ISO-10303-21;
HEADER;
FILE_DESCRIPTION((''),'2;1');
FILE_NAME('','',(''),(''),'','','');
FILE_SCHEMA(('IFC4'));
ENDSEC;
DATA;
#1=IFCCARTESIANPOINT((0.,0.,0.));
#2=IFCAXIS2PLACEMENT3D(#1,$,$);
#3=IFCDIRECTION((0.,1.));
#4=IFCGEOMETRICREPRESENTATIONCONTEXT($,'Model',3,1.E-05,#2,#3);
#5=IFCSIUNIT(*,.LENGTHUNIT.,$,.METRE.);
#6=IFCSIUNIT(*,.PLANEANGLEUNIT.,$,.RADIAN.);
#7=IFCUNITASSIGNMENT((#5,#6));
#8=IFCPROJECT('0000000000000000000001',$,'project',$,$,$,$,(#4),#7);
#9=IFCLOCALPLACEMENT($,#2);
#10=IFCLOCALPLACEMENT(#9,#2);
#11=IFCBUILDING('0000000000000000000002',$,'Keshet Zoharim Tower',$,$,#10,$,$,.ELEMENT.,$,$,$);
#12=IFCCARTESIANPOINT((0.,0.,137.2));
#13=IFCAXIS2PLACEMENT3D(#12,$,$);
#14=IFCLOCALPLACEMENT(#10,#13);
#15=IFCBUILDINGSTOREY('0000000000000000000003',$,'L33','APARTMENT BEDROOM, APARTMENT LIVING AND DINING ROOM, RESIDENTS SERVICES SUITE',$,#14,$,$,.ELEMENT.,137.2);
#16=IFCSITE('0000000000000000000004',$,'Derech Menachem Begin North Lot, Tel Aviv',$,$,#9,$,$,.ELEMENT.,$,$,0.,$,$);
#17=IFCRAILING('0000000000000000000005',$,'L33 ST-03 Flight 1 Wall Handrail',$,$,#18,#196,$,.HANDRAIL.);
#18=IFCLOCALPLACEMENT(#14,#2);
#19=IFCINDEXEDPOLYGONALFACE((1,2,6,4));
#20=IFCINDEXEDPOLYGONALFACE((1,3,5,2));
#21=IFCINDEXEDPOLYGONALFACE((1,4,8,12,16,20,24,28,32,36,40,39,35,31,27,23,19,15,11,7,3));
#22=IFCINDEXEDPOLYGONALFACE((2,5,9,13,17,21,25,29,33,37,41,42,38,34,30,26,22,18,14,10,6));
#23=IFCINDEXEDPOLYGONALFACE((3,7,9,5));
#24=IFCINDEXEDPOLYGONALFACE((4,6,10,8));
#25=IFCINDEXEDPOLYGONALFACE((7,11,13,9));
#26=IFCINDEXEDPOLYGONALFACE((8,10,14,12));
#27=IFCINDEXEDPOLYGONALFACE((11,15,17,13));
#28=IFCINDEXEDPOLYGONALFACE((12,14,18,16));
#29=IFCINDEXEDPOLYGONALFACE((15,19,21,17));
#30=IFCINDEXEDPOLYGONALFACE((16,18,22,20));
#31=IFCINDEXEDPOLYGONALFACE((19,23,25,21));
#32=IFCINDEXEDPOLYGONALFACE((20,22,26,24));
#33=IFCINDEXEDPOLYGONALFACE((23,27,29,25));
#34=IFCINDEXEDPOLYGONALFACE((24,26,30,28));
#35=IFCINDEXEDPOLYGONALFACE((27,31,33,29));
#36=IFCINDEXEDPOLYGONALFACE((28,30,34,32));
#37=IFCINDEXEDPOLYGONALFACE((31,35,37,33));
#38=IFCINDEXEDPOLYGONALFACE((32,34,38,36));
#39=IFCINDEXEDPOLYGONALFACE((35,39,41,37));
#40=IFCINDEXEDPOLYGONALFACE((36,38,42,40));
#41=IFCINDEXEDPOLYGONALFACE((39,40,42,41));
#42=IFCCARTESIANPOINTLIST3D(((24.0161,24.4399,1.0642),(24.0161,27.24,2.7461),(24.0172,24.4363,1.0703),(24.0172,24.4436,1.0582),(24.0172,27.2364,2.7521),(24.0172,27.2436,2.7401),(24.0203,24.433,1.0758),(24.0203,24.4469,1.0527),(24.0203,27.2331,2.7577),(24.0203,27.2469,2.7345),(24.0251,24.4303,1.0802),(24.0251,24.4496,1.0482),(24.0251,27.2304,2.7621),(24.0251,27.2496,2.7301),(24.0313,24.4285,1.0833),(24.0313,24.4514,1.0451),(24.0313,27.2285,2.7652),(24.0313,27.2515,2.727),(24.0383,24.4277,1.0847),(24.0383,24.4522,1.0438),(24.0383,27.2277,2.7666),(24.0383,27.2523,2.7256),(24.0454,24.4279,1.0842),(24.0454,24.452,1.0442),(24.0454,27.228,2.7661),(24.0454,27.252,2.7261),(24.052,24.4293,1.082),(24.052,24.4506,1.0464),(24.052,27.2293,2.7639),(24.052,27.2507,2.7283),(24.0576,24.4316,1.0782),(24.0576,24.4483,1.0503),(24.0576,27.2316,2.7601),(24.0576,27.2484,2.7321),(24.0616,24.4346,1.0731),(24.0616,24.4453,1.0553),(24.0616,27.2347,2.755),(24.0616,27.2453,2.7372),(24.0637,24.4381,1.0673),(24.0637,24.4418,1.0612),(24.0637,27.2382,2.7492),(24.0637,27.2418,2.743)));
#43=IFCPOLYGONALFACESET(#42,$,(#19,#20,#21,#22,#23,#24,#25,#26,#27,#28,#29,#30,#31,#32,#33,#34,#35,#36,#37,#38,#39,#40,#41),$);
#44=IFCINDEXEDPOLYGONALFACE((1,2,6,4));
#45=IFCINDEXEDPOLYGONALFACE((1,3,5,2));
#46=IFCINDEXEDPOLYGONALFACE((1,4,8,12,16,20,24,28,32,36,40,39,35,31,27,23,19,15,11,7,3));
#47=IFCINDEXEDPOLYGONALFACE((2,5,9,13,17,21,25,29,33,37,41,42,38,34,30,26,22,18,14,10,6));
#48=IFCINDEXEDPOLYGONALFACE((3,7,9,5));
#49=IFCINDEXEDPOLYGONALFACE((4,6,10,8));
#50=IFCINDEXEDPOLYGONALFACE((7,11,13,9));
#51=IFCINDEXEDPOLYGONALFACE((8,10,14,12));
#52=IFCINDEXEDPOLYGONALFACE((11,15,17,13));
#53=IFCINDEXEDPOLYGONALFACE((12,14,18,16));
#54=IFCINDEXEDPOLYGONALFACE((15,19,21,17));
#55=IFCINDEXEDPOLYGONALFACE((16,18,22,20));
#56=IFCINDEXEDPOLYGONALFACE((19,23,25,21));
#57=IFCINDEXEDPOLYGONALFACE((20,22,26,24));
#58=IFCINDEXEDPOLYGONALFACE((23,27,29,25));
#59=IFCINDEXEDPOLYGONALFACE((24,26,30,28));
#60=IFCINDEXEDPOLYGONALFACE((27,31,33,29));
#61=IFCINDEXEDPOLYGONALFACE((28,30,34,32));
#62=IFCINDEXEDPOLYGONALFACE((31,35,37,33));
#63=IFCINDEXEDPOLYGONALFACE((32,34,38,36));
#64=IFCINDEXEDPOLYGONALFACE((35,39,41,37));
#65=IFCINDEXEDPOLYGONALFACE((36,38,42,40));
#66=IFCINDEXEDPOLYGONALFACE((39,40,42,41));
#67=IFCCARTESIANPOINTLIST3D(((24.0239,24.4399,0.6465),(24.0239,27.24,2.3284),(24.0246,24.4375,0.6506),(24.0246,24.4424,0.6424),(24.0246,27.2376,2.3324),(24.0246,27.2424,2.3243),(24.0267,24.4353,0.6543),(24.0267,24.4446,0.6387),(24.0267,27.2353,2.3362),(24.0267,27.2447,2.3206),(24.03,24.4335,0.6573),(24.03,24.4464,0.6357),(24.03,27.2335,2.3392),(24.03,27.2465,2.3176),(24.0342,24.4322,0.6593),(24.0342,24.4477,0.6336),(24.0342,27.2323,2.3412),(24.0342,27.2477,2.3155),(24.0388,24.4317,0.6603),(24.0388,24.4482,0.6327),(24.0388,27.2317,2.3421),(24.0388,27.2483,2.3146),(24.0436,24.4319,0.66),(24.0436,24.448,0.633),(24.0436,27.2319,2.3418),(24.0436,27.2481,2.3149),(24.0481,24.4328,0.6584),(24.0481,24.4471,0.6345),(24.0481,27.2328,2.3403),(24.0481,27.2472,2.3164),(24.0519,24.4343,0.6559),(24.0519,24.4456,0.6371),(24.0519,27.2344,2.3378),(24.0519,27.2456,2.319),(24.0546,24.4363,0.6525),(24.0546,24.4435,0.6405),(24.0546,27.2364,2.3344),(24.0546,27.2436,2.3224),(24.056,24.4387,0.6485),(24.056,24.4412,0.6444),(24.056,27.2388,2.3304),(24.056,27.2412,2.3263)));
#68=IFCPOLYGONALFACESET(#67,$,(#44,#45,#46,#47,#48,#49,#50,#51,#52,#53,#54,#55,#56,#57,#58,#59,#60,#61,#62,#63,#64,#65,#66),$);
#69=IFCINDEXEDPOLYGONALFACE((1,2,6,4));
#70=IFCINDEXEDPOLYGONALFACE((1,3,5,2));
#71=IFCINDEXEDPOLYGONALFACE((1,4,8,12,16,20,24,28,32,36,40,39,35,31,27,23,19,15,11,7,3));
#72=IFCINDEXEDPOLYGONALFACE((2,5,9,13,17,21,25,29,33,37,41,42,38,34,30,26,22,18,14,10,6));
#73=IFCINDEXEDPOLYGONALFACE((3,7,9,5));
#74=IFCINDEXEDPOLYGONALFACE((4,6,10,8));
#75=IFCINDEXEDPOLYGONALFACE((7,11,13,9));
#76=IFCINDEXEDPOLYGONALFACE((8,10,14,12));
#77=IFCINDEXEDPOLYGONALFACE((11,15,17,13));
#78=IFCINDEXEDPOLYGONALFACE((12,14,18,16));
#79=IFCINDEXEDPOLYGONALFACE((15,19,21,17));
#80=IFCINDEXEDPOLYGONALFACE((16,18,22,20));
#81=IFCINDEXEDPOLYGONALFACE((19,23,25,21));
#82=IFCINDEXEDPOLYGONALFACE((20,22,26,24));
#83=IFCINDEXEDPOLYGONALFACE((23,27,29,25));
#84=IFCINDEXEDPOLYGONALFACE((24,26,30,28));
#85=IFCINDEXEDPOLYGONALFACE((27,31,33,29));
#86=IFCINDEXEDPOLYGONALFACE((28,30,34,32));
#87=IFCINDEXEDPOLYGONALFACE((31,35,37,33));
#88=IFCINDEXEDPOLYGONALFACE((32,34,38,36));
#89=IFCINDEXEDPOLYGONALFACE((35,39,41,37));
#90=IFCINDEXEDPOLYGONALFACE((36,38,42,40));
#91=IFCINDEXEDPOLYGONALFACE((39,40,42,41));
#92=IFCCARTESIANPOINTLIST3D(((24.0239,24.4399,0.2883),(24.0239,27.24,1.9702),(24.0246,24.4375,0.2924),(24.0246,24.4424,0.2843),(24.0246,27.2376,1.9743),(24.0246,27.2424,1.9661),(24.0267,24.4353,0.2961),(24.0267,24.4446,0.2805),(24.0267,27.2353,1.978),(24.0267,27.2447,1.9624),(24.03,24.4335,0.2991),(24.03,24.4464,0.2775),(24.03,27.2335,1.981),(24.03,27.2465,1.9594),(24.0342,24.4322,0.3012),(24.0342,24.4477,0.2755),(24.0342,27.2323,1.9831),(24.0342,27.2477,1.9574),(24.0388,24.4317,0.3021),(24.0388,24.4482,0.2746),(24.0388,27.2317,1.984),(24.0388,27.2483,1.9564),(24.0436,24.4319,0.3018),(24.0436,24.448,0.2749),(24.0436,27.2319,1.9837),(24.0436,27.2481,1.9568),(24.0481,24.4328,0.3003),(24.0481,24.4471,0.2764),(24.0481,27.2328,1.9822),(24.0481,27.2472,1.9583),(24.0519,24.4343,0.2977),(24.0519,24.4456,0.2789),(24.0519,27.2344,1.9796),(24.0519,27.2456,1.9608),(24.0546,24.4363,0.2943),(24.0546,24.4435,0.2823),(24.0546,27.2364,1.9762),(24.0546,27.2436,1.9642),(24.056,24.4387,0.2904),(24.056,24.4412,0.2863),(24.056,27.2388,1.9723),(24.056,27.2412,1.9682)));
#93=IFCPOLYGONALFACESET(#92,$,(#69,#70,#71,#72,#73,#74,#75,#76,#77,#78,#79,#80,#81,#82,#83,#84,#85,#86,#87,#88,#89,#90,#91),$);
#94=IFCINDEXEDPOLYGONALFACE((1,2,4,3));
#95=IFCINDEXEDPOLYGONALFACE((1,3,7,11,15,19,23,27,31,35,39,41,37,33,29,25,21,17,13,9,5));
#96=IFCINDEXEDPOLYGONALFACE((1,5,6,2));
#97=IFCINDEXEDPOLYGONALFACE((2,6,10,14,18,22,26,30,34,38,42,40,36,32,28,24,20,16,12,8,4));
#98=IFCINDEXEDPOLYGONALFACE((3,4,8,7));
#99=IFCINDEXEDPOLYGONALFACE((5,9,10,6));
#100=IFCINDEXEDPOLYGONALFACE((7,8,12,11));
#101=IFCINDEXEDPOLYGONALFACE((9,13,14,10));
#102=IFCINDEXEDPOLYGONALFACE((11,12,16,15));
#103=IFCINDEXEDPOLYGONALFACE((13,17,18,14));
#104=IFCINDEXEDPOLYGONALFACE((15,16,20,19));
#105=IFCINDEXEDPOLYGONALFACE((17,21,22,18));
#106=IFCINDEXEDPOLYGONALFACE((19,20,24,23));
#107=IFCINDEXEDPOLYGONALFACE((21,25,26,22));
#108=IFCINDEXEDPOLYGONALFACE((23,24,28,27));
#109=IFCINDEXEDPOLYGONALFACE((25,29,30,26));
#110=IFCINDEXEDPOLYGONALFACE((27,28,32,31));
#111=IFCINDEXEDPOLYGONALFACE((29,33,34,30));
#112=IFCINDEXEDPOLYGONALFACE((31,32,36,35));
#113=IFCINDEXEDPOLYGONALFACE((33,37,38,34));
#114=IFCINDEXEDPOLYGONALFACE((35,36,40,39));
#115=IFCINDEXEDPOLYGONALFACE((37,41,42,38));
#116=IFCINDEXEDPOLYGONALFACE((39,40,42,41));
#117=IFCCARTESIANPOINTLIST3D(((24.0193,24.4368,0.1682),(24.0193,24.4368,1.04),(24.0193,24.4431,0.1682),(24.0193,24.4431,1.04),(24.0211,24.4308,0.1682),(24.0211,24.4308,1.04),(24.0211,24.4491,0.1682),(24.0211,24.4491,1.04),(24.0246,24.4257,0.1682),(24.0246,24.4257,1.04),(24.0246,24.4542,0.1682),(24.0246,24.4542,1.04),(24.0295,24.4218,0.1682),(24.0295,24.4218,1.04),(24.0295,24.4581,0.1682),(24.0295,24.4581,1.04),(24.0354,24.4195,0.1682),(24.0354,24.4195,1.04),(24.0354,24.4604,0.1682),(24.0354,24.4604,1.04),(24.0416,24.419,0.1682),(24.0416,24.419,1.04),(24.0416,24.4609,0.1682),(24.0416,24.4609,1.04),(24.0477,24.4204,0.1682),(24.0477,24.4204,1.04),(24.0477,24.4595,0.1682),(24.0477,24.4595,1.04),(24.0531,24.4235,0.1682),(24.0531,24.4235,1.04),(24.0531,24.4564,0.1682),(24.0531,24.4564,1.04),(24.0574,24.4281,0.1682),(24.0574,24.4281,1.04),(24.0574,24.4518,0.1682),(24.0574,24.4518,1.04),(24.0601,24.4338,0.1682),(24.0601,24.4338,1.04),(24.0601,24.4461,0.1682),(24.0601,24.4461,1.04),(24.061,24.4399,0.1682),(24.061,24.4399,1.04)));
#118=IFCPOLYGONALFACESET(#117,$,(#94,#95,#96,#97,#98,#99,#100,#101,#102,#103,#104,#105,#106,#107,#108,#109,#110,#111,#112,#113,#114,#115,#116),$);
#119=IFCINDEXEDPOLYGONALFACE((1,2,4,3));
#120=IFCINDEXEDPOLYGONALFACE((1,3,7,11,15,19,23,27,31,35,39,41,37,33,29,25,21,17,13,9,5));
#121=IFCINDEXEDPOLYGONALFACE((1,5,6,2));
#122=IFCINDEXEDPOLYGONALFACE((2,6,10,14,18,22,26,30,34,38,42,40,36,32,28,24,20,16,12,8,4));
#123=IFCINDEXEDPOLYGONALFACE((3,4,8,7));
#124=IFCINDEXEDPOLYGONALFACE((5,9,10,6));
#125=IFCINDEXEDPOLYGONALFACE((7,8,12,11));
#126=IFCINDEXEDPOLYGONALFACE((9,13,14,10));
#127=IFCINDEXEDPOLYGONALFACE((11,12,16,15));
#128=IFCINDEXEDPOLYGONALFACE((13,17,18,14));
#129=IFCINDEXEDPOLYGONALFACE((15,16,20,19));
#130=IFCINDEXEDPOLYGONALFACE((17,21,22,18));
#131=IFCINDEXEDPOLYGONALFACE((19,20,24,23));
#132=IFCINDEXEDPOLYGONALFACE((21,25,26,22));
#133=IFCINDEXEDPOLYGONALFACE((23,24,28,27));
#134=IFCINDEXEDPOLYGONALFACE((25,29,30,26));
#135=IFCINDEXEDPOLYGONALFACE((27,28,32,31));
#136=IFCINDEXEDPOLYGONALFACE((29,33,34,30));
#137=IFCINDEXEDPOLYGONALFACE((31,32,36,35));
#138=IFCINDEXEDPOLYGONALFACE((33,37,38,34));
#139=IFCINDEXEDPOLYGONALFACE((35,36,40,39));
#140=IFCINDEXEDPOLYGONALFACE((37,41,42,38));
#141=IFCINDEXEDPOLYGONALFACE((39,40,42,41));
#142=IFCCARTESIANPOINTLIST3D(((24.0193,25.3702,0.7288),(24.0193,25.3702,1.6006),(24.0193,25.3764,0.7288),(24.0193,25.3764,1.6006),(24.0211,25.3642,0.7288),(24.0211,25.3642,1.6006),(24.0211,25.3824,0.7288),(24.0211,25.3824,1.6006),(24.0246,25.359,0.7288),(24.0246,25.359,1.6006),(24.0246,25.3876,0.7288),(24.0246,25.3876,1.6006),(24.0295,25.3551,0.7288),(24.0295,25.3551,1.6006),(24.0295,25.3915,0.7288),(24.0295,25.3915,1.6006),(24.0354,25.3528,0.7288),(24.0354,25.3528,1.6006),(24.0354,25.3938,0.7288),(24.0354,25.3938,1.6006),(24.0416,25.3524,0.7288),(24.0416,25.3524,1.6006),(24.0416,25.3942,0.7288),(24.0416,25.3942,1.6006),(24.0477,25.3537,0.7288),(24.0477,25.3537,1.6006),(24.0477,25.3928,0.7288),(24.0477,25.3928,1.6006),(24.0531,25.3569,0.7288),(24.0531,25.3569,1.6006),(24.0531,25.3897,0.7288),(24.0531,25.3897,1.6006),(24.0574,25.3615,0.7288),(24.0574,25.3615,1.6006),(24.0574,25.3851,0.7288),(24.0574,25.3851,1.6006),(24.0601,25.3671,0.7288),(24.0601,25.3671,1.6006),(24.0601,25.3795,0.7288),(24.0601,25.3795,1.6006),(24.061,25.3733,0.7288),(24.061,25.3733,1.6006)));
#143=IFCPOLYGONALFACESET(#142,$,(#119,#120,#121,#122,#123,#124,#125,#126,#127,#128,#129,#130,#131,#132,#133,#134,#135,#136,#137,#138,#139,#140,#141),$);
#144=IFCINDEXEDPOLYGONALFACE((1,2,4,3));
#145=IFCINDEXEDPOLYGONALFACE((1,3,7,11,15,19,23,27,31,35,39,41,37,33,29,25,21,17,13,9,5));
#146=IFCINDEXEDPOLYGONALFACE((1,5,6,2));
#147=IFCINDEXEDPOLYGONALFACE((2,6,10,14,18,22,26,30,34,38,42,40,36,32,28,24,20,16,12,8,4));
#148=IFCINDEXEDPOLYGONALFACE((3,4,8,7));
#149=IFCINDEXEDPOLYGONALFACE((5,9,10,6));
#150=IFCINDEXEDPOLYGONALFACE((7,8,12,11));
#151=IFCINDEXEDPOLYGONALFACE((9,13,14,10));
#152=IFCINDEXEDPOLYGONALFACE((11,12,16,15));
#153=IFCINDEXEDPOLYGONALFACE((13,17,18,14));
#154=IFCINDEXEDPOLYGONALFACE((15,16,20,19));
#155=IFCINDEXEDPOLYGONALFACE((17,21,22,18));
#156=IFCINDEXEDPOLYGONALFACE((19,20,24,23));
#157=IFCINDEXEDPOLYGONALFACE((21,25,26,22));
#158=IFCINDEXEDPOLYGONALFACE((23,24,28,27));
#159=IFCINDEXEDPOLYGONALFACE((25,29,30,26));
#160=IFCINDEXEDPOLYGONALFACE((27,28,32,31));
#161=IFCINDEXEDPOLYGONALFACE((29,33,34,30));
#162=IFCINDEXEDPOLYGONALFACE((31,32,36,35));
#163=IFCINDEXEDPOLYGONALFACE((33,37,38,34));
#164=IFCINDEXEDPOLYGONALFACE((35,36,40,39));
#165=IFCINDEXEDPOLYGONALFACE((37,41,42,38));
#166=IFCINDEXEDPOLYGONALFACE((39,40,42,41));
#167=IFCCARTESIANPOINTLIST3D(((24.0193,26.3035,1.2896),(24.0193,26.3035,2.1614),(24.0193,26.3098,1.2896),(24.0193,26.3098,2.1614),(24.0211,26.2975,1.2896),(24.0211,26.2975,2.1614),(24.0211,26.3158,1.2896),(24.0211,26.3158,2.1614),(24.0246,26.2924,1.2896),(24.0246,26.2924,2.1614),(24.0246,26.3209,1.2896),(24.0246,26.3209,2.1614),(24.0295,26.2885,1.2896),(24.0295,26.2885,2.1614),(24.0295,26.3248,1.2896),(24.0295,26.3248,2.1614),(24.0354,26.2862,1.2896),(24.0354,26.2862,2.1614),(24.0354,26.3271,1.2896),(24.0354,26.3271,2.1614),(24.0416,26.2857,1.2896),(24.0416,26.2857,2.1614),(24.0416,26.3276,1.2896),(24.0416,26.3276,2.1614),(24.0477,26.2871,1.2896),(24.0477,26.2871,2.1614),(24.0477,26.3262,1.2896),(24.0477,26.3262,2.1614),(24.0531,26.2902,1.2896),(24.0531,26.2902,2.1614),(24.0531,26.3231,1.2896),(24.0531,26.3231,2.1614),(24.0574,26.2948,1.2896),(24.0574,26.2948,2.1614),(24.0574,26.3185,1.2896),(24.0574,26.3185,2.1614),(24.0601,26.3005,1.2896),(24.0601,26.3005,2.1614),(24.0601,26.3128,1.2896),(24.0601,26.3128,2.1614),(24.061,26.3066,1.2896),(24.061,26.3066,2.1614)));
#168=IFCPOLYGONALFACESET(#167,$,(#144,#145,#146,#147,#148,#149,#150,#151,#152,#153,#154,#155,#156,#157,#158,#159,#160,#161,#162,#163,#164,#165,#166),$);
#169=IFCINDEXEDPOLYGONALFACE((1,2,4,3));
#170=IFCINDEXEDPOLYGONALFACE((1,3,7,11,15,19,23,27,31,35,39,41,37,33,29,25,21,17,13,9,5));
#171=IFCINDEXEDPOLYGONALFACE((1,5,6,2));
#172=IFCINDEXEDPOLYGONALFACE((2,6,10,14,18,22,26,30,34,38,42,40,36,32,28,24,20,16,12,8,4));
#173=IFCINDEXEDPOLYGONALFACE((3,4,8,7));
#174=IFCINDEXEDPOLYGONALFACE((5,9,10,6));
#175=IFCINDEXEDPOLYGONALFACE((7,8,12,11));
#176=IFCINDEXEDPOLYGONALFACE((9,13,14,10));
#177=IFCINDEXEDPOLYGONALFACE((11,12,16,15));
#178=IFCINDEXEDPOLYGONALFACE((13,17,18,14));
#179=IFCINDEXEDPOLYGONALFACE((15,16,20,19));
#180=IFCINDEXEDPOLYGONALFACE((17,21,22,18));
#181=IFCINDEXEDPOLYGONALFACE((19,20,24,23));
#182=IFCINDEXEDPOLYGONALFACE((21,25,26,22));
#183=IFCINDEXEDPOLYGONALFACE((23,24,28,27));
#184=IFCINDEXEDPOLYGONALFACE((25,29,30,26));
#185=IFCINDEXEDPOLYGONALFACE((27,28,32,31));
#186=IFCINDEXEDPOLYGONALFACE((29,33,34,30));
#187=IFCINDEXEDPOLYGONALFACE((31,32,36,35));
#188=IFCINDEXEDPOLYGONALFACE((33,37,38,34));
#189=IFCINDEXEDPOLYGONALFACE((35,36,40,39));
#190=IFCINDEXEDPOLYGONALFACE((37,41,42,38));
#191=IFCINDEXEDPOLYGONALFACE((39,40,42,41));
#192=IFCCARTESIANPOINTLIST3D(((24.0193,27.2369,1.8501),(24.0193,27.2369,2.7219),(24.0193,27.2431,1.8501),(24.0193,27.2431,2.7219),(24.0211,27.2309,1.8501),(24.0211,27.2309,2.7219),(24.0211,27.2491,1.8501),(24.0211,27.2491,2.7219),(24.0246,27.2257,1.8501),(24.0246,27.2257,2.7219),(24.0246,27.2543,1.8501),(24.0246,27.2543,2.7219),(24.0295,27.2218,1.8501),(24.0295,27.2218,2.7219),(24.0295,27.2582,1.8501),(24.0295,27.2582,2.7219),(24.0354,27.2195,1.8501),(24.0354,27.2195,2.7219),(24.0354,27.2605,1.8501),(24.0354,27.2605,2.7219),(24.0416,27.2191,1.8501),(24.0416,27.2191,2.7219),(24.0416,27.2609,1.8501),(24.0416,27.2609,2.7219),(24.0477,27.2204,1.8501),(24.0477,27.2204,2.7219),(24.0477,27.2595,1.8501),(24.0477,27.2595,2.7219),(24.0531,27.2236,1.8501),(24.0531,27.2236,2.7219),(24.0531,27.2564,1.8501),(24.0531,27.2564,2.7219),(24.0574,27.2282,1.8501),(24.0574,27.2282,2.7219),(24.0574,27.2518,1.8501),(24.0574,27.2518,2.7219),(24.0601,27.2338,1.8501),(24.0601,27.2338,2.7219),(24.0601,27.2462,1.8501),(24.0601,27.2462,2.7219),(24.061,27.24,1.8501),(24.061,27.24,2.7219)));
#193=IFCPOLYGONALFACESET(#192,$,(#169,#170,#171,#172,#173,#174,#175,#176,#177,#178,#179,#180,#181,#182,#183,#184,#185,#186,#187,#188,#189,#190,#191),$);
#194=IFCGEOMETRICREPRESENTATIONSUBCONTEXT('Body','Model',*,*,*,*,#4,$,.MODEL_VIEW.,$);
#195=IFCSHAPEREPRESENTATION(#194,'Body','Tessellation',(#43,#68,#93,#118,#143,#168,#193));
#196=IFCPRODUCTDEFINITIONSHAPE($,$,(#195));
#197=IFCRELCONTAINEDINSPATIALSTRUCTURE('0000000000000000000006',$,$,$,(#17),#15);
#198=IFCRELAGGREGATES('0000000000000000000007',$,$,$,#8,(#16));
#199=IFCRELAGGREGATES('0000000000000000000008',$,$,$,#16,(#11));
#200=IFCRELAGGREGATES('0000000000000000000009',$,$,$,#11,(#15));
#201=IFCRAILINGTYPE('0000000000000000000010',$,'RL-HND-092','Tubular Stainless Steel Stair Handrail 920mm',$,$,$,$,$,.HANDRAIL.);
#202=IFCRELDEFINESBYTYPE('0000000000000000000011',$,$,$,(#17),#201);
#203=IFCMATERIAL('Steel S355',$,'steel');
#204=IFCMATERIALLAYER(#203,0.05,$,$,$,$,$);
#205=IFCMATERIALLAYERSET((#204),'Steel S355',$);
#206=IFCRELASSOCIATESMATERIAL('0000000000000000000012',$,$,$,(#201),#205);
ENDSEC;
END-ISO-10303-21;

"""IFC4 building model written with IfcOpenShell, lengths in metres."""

from ifc_helpers import new_model, si_unit, direction, frame, origin, origin_2d, place, context, subcontext, project, spatial, circle, extrude, material, layer, layer_set, type_object, element, save


model = new_model("IFC4")

# Units and contexts
model_context = context("Model", 3, precision=1e-05, world=origin(), true_north=direction((0.0, 1.0)))
body_context = subcontext(model_context, "Body", "Model", "MODEL_VIEW")
ifc_project = project(units=[si_unit("LENGTHUNIT", "METRE"), si_unit("PLANEANGLEUNIT", "RADIAN")], contexts=[model_context])

# Site, building, storey
site_placement = place(None, origin())
site = spatial("IfcSite", under=ifc_project, at=site_placement, Name="Derech Menachem Begin North Lot, Tel Aviv", CompositionType="ELEMENT", RefElevation=0.0)
building_placement = place(site_placement, origin())
building = spatial("IfcBuilding", under=site, at=building_placement, Name="Keshet Zoharim Tower", CompositionType="ELEMENT")
storey_placement = place(building_placement, frame((0.0, 0.0, 137.2)))
storey = spatial("IfcBuildingStorey", under=building, at=storey_placement, Name="L33", Description="APARTMENT BEDROOM, APARTMENT LIVING AND DINING ROOM, RESIDENTS SERVICES SUITE", CompositionType="ELEMENT", Elevation=137.2)

# Shared definitions
ifc_material_1 = material(Name="Steel S355", Category="steel")

# Railing
ifc_layer_1 = layer(ifc_material_1, 0.05)
ifc_layer_set_1 = layer_set([ifc_layer_1], Name="Steel S355")
railing_type_1 = type_object("IfcRailingType", Name="RL-HND-092", Description="Tubular Stainless Steel Stair Handrail 920mm", PredefinedType="HANDRAIL", material=ifc_layer_set_1)
railing_1_placement = place(storey_placement, frame((24.04, 24.4399, 0.1682)))
element("IfcRailing", 1, at=railing_1_placement, inside=storey, type_object=railing_type_1, Name="L33 ST-03 Flight 1 Wall Handrail", PredefinedType="HANDRAIL", context=body_context, shape_type="SweptSolid", body=[
    extrude(circle(Radius=0.0239, at=origin_2d()), frame((0.0, 0.0, 0.896), z_axis=(0.0, 0.857242, 0.514913), x_axis=(-1.0, 0.0, 0.0)), (0.0, 0.0, 1.0), 3.2664),
    extrude(circle(Radius=0.0161, at=origin_2d()), frame((0.0, 0.0, 0.4783), z_axis=(0.0, 0.857242, 0.514913), x_axis=(-1.0, 0.0, 0.0)), (0.0, 0.0, 1.0), 3.2664),
    extrude(circle(Radius=0.0161, at=origin_2d()), frame((0.0, 0.0, 0.1201), z_axis=(0.0, 0.857242, 0.514913), x_axis=(-1.0, 0.0, 0.0)), (0.0, 0.0, 1.0), 3.2664),
    extrude(circle(Radius=0.021, at=origin_2d()), origin(), (0.0, 0.0, 1.0), 0.8718),
    extrude(circle(Radius=0.021, at=origin_2d()), frame((0.0, 0.9333, 0.5605)), (0.0, 0.0, 1.0), 0.8718),
    extrude(circle(Radius=0.021, at=origin_2d()), frame((0.0, 1.8667, 1.1213)), (0.0, 0.0, 1.0), 0.8718),
    extrude(circle(Radius=0.021, at=origin_2d()), frame((0.0, 2.8, 1.6819)), (0.0, 0.0, 1.0), 0.8718),
])

save(model, "model.ifc")
